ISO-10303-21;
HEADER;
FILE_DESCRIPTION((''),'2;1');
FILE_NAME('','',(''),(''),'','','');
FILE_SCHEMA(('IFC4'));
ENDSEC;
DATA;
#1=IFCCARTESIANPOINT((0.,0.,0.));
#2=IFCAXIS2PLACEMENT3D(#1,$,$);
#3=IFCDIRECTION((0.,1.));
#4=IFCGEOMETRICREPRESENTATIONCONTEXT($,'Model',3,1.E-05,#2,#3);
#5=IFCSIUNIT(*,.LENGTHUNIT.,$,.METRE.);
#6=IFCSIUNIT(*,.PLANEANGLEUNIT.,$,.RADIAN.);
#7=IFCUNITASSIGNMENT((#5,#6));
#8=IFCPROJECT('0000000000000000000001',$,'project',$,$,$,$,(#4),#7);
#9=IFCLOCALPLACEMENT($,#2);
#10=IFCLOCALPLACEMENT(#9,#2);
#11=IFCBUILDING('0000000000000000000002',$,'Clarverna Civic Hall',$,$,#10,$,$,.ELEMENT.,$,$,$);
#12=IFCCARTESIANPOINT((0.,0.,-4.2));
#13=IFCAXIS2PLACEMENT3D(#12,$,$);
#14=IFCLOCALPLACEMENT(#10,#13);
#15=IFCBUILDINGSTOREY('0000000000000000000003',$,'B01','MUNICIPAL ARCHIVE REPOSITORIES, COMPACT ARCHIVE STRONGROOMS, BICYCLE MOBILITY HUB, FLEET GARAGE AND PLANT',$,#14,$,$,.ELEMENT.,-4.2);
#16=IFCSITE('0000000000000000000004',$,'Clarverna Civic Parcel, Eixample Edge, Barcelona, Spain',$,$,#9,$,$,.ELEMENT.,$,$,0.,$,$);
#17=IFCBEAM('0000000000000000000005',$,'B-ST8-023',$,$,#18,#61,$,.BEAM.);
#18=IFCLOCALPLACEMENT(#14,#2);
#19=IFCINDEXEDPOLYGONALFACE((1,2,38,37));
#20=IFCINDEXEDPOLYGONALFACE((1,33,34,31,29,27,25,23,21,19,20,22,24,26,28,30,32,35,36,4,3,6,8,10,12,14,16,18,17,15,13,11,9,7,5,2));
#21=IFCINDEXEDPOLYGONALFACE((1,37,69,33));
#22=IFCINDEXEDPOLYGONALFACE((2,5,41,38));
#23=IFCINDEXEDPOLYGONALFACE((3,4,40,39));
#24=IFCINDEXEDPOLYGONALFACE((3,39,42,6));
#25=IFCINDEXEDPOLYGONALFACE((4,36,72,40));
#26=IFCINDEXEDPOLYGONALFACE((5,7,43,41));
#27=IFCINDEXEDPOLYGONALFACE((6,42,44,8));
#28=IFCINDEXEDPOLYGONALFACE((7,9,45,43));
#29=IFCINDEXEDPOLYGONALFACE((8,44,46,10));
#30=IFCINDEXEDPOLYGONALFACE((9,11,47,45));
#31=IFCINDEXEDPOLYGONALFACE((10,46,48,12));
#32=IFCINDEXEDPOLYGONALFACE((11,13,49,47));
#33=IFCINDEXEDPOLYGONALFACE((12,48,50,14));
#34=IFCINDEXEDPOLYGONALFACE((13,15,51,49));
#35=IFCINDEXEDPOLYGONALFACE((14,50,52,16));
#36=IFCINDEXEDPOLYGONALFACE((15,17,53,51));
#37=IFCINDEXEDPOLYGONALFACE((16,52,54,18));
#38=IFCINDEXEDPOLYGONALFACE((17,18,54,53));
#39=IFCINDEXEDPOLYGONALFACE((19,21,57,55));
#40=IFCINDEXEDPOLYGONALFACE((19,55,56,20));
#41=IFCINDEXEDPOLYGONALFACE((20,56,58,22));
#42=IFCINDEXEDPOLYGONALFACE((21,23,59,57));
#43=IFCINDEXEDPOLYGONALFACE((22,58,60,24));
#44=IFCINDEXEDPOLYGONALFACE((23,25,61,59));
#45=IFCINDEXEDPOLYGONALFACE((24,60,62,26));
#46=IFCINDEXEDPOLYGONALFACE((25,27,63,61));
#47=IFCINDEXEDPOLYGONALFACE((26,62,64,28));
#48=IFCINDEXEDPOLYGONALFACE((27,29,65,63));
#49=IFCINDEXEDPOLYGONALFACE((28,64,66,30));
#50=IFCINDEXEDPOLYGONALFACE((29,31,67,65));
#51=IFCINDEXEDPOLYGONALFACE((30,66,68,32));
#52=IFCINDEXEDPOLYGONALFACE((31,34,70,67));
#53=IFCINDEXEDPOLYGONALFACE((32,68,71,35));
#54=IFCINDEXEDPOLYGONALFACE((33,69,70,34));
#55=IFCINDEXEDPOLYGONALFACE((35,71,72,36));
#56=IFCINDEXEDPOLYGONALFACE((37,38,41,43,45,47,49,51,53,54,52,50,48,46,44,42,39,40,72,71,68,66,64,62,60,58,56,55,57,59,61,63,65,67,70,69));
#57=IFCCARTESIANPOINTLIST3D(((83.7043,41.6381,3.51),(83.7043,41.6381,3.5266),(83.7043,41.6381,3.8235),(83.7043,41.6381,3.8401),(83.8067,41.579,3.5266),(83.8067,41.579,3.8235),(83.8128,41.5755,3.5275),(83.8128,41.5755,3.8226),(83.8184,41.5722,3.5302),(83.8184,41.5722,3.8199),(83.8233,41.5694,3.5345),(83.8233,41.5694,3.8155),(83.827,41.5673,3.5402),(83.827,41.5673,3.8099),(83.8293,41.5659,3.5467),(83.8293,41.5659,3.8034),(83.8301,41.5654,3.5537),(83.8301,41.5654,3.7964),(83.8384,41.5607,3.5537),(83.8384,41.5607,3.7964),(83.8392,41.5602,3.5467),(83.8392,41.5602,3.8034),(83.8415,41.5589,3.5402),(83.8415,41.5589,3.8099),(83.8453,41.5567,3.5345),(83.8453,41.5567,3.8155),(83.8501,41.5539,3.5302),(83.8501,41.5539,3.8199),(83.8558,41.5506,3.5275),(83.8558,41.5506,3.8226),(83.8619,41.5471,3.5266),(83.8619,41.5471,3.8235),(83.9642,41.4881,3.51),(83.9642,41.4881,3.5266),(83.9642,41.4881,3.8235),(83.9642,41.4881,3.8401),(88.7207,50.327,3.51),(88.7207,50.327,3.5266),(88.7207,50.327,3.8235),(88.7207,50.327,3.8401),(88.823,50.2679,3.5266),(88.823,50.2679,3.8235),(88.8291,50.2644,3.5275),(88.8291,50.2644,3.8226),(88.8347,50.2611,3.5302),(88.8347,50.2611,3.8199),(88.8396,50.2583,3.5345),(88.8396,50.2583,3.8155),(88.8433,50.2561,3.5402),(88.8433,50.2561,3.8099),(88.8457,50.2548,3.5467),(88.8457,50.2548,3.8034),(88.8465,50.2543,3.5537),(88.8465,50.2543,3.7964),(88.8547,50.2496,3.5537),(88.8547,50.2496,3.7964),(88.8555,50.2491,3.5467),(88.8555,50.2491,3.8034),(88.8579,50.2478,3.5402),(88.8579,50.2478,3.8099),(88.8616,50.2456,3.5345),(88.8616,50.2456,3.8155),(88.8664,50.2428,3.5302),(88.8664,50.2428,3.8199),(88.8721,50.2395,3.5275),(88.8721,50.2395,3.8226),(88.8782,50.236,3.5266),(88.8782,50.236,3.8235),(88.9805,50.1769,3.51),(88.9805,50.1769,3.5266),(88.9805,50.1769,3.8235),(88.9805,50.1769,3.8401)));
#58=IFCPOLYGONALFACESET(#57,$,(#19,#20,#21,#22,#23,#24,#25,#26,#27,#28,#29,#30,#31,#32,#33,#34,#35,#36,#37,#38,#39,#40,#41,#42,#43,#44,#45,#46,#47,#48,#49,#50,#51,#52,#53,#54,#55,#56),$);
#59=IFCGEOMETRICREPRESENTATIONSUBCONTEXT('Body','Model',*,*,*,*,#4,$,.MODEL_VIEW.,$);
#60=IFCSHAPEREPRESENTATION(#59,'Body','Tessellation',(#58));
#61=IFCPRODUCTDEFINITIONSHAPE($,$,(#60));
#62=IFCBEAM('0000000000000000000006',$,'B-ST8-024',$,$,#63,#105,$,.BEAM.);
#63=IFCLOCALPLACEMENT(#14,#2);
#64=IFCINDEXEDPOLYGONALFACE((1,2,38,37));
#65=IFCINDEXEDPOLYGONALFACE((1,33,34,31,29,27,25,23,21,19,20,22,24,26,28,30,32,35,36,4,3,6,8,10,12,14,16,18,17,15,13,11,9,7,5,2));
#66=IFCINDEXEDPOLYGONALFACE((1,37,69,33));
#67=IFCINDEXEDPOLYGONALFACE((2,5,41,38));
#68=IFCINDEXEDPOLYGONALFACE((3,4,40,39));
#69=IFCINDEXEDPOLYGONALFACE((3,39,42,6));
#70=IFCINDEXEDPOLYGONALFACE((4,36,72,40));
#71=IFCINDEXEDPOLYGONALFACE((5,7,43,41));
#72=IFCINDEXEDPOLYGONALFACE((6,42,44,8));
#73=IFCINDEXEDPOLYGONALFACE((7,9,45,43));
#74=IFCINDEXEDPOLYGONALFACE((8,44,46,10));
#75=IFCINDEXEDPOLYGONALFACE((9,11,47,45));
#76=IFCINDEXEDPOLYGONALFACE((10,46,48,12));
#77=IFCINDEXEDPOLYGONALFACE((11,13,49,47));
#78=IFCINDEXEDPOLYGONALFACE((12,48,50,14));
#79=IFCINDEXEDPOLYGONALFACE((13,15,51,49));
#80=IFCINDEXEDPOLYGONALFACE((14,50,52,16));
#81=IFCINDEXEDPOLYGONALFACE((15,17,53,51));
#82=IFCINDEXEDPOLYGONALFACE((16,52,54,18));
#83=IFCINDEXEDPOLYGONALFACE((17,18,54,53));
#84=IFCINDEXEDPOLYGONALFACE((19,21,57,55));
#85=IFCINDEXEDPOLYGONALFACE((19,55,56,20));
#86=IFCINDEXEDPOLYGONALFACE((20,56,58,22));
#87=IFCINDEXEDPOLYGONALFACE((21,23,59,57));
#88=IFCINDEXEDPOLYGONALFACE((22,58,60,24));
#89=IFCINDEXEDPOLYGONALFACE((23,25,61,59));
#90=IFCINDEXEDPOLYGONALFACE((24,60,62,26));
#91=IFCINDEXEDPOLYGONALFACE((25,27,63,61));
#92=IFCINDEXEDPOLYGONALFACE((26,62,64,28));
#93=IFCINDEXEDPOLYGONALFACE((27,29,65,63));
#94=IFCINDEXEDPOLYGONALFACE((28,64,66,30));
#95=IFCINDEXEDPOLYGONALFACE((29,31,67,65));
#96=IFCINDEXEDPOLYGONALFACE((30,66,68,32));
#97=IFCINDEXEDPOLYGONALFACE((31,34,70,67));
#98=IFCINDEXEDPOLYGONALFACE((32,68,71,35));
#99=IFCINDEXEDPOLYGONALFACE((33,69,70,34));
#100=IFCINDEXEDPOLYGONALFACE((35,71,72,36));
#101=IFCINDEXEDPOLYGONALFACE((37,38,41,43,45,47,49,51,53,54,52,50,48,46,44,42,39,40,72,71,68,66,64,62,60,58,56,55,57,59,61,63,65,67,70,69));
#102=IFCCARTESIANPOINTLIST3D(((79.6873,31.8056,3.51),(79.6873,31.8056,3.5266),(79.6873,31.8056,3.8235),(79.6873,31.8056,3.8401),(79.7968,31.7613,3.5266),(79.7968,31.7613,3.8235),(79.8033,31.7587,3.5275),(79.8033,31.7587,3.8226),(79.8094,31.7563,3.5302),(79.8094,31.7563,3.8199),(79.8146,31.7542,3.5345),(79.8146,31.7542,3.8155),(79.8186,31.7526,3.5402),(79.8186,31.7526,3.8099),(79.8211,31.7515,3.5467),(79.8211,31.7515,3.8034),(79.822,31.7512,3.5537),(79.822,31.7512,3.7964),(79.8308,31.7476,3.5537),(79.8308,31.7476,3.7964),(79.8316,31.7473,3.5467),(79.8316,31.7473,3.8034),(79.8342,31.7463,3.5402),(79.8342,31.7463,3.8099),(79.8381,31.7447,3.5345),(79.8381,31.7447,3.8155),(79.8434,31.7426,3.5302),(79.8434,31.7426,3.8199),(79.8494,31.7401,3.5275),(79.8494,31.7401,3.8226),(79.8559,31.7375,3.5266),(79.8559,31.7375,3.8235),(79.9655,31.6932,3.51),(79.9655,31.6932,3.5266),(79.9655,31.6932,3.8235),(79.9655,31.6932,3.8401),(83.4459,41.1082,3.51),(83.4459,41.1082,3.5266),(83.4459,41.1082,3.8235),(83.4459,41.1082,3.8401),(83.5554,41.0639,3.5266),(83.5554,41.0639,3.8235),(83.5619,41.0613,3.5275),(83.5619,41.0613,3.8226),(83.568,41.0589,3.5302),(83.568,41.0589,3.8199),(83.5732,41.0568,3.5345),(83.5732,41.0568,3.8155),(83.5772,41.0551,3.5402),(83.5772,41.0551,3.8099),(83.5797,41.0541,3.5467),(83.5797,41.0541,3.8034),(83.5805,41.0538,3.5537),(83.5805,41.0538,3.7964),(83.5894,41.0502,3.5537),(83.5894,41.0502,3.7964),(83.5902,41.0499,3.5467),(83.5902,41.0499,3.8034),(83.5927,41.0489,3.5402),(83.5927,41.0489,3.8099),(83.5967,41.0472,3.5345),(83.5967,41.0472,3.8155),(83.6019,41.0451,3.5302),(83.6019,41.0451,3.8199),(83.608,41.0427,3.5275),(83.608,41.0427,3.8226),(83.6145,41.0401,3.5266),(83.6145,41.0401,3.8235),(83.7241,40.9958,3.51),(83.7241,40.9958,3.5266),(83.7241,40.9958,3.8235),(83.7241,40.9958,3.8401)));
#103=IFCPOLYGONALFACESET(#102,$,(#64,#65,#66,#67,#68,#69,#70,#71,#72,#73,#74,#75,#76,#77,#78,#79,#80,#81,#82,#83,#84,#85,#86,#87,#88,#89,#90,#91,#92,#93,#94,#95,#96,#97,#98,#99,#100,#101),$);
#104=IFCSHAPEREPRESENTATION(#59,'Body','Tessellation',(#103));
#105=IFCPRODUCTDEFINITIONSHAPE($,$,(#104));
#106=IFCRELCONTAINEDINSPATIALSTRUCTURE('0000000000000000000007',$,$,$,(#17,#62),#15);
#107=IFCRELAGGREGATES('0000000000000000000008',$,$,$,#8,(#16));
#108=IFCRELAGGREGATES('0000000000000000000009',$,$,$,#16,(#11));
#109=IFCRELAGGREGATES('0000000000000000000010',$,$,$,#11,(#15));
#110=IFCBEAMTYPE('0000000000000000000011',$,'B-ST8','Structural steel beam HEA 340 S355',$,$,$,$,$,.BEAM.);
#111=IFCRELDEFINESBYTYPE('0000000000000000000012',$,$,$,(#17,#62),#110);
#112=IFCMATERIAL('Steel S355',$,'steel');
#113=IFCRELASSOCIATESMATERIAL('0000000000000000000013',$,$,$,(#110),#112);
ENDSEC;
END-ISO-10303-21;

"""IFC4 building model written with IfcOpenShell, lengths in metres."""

from ifc_helpers import new_model, si_unit, direction, frame, origin, origin_2d, place, context, subcontext, project, spatial, i_section, extrude, material, material_profile, profile_set, type_object, element, save


model = new_model("IFC4")

# Units and contexts
model_context = context("Model", 3, precision=1e-05, world=origin(), true_north=direction((0.0, 1.0)))
body_context = subcontext(model_context, "Body", "Model", "MODEL_VIEW")
ifc_project = project(units=[si_unit("LENGTHUNIT", "METRE"), si_unit("PLANEANGLEUNIT", "RADIAN")], contexts=[model_context])

# Site, building, storey
site_placement = place(None, origin())
site = spatial("IfcSite", under=ifc_project, at=site_placement, Name="Clarverna Civic Parcel, Eixample Edge, Barcelona, Spain", CompositionType="ELEMENT", RefElevation=0.0)
building_placement = place(site_placement, origin())
building = spatial("IfcBuilding", under=site, at=building_placement, Name="Clarverna Civic Hall", CompositionType="ELEMENT")
storey_placement = place(building_placement, frame((0.0, 0.0, -4.2)))
storey = spatial("IfcBuildingStorey", under=building, at=storey_placement, Name="B01", Description="MUNICIPAL ARCHIVE REPOSITORIES, COMPACT ARCHIVE STRONGROOMS, BICYCLE MOBILITY HUB, FLEET GARAGE AND PLANT", CompositionType="ELEMENT", Elevation=-4.2)

# Beams
ifc_material_1 = material(Name="Steel S355", Category="steel")
ifc_material_profile_1 = material_profile(ifc_material_1, i_section(OverallWidth=0.3, OverallDepth=0.3301, WebThickness=0.0095, FlangeThickness=0.0166, FilletRadius=0.0271, at=origin_2d()), Name="HEA 340")
ifc_profile_set_1 = profile_set([ifc_material_profile_1], Name="Steel S355")
beam_type_1 = type_object("IfcBeamType", Name="B-ST8", Description="Structural steel beam HEA 340 S355", PredefinedType="BEAM", material=ifc_profile_set_1)
beam_1_placement = place(storey_placement, frame((88.8506, 50.252, 3.675), z_axis=(-0.499984, -0.866035, 0.0), x_axis=(0.866035, -0.499984, 0.0)))
element("IfcBeam", 1, at=beam_1_placement, inside=storey, type_object=beam_type_1, Name="B-ST8-023", PredefinedType="BEAM", context=body_context, shape_type="SweptSolid", body=[
    extrude(i_section(OverallWidth=0.3, OverallDepth=0.3301, WebThickness=0.0095, FlangeThickness=0.0166, FilletRadius=0.0271, at=origin_2d()), origin(), (0.0, 0.0, 1.0), 10.033),
])
beam_2_placement = place(storey_placement, frame((83.585, 41.052, 3.675), z_axis=(-0.374615, -0.927181, 0.0), x_axis=(0.927181, -0.374615, 0.0)))
element("IfcBeam", 2, at=beam_2_placement, inside=storey, type_object=beam_type_1, Name="B-ST8-024", PredefinedType="BEAM", context=body_context, shape_type="SweptSolid", body=[
    extrude(i_section(OverallWidth=0.3, OverallDepth=0.3301, WebThickness=0.0095, FlangeThickness=0.0166, FilletRadius=0.0271, at=origin_2d()), origin(), (0.0, 0.0, 1.0), 10.0332),
])

save(model, "model.ifc")
